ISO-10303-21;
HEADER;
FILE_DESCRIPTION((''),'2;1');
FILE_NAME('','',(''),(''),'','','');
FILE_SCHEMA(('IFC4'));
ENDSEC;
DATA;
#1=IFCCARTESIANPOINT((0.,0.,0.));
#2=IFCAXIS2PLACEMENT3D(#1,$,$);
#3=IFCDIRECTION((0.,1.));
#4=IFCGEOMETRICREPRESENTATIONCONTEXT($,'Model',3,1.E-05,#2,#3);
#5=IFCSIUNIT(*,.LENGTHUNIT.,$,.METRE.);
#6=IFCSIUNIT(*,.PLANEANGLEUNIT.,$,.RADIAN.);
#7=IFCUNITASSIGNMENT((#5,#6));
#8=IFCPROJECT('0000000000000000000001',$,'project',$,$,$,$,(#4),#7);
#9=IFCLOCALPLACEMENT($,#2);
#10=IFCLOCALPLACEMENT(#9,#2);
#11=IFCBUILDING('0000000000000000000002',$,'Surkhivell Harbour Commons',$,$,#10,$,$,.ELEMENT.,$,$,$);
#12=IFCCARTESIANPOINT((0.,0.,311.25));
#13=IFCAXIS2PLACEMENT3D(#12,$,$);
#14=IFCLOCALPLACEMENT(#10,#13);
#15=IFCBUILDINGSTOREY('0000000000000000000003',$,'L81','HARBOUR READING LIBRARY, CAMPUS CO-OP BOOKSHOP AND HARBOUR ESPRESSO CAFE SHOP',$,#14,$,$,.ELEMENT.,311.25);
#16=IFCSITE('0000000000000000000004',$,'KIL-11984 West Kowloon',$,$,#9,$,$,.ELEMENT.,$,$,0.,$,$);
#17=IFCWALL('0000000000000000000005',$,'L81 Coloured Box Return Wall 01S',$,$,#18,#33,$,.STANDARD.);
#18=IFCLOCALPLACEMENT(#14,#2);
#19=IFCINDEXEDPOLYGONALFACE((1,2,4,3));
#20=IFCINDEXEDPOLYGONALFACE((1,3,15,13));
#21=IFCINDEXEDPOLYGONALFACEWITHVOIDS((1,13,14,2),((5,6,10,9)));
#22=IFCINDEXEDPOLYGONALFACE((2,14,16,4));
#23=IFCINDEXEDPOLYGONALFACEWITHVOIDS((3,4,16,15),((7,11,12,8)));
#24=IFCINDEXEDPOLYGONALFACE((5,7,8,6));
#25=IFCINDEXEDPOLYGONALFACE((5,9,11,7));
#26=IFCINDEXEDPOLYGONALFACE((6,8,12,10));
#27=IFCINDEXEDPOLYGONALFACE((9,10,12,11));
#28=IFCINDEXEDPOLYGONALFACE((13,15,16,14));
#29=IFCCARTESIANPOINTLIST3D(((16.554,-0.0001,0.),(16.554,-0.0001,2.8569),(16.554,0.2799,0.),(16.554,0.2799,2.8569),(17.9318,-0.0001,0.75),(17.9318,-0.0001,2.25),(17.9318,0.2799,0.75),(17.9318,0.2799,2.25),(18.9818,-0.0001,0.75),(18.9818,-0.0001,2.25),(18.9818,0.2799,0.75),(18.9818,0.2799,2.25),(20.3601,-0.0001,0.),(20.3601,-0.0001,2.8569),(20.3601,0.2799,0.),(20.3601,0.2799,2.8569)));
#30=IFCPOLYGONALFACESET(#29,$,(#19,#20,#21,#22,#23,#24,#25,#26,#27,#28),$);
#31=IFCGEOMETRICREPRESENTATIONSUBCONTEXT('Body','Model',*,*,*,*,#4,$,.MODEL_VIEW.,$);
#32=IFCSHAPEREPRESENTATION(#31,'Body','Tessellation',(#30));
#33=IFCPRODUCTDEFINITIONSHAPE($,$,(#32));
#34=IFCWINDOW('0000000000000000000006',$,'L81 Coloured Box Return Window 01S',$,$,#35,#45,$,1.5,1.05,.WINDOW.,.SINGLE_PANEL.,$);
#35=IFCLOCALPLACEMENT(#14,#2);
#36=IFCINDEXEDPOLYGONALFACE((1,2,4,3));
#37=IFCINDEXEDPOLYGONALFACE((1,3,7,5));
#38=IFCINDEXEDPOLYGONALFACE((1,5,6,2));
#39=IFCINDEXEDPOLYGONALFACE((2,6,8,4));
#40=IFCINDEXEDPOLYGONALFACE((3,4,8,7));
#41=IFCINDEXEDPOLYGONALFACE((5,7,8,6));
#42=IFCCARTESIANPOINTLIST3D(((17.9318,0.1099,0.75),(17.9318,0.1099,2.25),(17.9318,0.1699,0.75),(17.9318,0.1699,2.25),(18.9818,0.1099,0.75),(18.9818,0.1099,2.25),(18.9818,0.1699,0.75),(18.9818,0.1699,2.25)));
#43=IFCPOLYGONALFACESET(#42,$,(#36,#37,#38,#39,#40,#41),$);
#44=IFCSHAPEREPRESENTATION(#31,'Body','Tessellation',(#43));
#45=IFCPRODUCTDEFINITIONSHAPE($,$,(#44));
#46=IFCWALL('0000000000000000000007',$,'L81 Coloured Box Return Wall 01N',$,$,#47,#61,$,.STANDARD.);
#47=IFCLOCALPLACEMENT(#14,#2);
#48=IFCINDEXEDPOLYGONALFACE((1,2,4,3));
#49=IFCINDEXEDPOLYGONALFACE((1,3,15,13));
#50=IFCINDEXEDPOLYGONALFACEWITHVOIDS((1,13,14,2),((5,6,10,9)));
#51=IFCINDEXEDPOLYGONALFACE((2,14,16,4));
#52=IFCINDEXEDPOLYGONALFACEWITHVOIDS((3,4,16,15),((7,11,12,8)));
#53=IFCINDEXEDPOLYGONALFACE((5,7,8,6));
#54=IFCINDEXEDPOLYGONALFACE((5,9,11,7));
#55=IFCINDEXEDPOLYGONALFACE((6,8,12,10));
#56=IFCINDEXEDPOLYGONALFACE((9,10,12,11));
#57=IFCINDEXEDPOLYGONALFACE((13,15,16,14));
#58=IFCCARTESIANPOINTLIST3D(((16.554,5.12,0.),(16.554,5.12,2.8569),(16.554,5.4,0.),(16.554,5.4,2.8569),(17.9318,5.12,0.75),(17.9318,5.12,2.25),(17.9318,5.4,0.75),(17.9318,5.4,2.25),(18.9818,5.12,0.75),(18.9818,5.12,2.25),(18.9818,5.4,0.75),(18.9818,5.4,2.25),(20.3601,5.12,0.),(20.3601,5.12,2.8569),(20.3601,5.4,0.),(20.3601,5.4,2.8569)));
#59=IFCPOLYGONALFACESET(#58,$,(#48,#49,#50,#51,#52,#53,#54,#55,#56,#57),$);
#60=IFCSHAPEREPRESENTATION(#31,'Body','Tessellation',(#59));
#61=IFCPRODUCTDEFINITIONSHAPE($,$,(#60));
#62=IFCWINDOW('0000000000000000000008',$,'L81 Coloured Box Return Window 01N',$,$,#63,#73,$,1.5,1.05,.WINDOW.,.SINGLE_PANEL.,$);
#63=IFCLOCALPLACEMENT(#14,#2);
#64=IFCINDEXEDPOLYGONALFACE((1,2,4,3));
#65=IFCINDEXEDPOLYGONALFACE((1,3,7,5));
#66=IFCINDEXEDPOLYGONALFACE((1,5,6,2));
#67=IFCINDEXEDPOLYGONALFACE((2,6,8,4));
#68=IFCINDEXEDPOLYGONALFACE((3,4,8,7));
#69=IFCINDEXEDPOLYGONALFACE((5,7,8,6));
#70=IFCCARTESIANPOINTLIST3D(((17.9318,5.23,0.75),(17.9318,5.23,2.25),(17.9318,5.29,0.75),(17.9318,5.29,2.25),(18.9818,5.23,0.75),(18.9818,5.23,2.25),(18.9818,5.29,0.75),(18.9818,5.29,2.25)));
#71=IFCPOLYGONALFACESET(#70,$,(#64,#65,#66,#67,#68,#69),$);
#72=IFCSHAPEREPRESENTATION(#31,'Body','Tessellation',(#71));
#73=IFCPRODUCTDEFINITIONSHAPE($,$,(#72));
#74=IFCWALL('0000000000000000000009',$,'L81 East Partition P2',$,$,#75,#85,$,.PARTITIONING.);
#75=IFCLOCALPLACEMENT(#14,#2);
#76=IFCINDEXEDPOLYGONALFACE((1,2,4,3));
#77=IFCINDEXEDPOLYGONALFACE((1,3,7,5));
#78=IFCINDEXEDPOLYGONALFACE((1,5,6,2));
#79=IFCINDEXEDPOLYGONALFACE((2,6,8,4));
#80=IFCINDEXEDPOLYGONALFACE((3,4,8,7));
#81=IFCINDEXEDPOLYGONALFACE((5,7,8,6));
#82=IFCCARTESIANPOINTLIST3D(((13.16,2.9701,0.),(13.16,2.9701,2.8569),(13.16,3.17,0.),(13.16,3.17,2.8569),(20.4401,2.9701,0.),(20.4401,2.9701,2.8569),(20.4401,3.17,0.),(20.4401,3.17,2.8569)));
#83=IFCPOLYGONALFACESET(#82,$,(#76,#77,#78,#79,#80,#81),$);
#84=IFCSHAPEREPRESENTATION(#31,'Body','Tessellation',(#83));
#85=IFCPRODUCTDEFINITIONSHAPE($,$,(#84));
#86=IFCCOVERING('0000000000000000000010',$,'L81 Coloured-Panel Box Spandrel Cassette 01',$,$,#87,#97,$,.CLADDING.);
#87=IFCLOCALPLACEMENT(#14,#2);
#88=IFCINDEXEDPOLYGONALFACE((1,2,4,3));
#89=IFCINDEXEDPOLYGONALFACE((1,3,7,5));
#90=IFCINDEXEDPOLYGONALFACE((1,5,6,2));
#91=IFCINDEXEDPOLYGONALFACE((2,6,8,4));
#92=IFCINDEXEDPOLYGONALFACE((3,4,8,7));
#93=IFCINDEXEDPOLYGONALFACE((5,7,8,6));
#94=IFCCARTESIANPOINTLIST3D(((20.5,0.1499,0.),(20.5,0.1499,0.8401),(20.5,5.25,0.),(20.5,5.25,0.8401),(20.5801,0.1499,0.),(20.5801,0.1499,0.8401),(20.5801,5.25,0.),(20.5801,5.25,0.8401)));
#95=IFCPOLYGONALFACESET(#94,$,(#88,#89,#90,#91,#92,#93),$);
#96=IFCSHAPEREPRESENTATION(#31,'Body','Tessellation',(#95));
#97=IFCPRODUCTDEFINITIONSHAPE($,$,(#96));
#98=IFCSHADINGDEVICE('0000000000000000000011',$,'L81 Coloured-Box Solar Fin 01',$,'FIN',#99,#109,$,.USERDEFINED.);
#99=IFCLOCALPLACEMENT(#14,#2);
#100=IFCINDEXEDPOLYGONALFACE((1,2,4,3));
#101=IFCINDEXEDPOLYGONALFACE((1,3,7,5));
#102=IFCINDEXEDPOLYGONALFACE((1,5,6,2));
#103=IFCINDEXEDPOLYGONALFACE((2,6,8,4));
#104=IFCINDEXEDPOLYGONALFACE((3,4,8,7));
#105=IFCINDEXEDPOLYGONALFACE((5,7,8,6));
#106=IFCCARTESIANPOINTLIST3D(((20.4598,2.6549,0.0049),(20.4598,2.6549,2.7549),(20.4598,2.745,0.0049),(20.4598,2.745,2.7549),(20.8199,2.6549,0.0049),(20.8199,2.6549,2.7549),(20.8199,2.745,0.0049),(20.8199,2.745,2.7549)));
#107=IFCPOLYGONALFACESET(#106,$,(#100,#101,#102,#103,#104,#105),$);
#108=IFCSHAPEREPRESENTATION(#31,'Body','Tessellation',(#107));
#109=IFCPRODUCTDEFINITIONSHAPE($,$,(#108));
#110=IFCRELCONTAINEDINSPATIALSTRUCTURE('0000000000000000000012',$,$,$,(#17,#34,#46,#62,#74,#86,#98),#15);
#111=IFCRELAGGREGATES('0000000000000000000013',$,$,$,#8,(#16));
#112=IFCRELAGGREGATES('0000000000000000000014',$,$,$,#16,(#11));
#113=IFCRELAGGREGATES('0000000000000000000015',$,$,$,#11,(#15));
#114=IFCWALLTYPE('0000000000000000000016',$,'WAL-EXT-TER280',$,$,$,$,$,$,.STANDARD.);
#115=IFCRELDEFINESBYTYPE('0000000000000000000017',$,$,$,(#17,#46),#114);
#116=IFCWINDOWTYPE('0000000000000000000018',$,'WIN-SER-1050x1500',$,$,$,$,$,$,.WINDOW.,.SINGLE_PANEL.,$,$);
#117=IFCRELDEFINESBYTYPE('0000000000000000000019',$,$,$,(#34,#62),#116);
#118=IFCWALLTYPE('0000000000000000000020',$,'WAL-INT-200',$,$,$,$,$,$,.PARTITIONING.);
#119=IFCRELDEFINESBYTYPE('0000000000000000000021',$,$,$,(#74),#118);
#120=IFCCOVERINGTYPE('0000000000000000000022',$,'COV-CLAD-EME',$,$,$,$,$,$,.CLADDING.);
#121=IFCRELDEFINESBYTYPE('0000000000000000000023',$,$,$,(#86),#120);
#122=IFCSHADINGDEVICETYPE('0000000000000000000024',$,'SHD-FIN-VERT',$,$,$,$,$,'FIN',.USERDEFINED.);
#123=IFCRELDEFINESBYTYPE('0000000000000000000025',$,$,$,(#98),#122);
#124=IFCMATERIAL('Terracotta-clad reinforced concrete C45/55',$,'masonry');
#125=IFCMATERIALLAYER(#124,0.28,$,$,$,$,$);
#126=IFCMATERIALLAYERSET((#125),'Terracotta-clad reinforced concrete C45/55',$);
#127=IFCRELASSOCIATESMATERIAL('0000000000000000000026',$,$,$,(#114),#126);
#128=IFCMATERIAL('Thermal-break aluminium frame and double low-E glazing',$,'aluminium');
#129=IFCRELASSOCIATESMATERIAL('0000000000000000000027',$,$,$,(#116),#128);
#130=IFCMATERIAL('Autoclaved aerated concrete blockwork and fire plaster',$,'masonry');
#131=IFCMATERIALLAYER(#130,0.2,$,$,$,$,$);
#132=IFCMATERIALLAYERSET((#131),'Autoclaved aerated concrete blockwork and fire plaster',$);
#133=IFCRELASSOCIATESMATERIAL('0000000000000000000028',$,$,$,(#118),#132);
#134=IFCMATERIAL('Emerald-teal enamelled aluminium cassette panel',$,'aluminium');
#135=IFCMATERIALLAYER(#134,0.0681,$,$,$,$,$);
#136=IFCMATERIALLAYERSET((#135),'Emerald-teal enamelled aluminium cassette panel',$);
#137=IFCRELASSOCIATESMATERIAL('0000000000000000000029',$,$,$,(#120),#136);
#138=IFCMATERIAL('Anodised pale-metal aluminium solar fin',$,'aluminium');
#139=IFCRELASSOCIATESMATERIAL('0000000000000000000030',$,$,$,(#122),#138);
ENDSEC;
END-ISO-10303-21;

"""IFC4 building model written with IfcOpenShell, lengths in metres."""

from ifc_helpers import new_model, si_unit, direction, frame, frame_2d, origin, origin_2d, place, context, subcontext, project, spatial, rectangle, extrude, material, layer, layer_set, type_object, element, fill, save


model = new_model("IFC4")

# Units and contexts
model_context = context("Model", 3, precision=1e-05, world=origin(), true_north=direction((0.0, 1.0)))
body_context = subcontext(model_context, "Body", "Model", "MODEL_VIEW")
ifc_project = project(units=[si_unit("LENGTHUNIT", "METRE"), si_unit("PLANEANGLEUNIT", "RADIAN")], contexts=[model_context])

# Site, building, storey
site_placement = place(None, origin())
site = spatial("IfcSite", under=ifc_project, at=site_placement, Name="KIL-11984 West Kowloon", CompositionType="ELEMENT", RefElevation=0.0)
building_placement = place(site_placement, origin())
building = spatial("IfcBuilding", under=site, at=building_placement, Name="Surkhivell Harbour Commons", CompositionType="ELEMENT")
storey_placement = place(building_placement, frame((0.0, 0.0, 311.25)))
storey = spatial("IfcBuildingStorey", under=building, at=storey_placement, Name="L81", Description="HARBOUR READING LIBRARY, CAMPUS CO-OP BOOKSHOP AND HARBOUR ESPRESSO CAFE SHOP", CompositionType="ELEMENT", Elevation=311.25)

# Walls, openings, windows
ifc_material_1 = material(Name="Terracotta-clad reinforced concrete C45/55", Category="masonry")
ifc_layer_1 = layer(ifc_material_1, 0.28)
ifc_layer_set_1 = layer_set([ifc_layer_1], Name="Terracotta-clad reinforced concrete C45/55")
wall_type_1 = type_object("IfcWallType", Name="WAL-EXT-TER280", PredefinedType="STANDARD", material=ifc_layer_set_1)
ifc_material_2 = material(Name="Thermal-break aluminium frame and double low-E glazing", Category="aluminium")
wall_1_placement = place(storey_placement, frame((16.554, 0.1399, 0.0), z_axis=(0.0, 0.0, 1.0), x_axis=(1.0, 0.0, 0.0)))
wall_1 = element("IfcWall", 1, at=wall_1_placement, inside=storey, type_object=wall_type_1, Name="L81 Coloured Box Return Wall 01S", PredefinedType="STANDARD", context=body_context, shape_type="SweptSolid", body=[
    extrude(rectangle(XDim=3.8062, YDim=0.28, at=frame_2d((1.9031, 0.0))), origin(), (0.0, 0.0, 1.0), 2.8569),
])
opening_1_placement = place(wall_1_placement, frame((1.3779, 0.0, 0.75)))
opening_1 = element("IfcOpeningElement", 2, at=opening_1_placement, cuts=wall_1, PredefinedType="OPENING", context=body_context, shape_type="SweptSolid", body=[
    extrude(rectangle(XDim=1.05, YDim=1.5, at=frame_2d((0.5249, 0.75))), frame((0.0, 0.1499, 0.0), z_axis=(0.0, -1.0, 0.0), x_axis=(1.0, 0.0, 0.0)), (0.0, 0.0, 1.0), 0.3),
])
window_type_1 = type_object("IfcWindowType", Name="WIN-SER-1050x1500", PartitioningType="SINGLE_PANEL", PredefinedType="WINDOW", material=ifc_material_2)
window_1_placement = place(opening_1_placement, origin())
window_1 = element("IfcWindow", 3, at=window_1_placement, inside=storey, type_object=window_type_1, Name="L81 Coloured Box Return Window 01S", OverallHeight=1.5, OverallWidth=1.05, PartitioningType="SINGLE_PANEL", PredefinedType="WINDOW", context=body_context, shape_type="SweptSolid", body=[
    extrude(rectangle(XDim=1.05, YDim=1.5, at=frame_2d((0.5249, 0.75))), frame((0.0, 0.03, 0.0), z_axis=(0.0, -1.0, 0.0), x_axis=(1.0, 0.0, 0.0)), (0.0, 0.0, 1.0), 0.0601),
])
fill(opening_1, window_1)
wall_2_placement = place(storey_placement, frame((16.554, 5.26, 0.0), z_axis=(0.0, 0.0, 1.0), x_axis=(1.0, 0.0, 0.0)))
wall_2 = element("IfcWall", 4, at=wall_2_placement, inside=storey, type_object=wall_type_1, Name="L81 Coloured Box Return Wall 01N", PredefinedType="STANDARD", context=body_context, shape_type="SweptSolid", body=[
    extrude(rectangle(XDim=3.8062, YDim=0.28, at=frame_2d((1.9031, 0.0))), origin(), (0.0, 0.0, 1.0), 2.8569),
])
opening_2_placement = place(wall_2_placement, frame((1.3779, 0.0, 0.75)))
opening_2 = element("IfcOpeningElement", 5, at=opening_2_placement, cuts=wall_2, PredefinedType="OPENING", context=body_context, shape_type="SweptSolid", body=[
    extrude(rectangle(XDim=1.05, YDim=1.5, at=frame_2d((0.5249, 0.75))), frame((0.0, 0.1499, 0.0), z_axis=(0.0, -1.0, 0.0), x_axis=(1.0, 0.0, 0.0)), (0.0, 0.0, 1.0), 0.3),
])
window_2_placement = place(opening_2_placement, origin())
window_2 = element("IfcWindow", 6, at=window_2_placement, inside=storey, type_object=window_type_1, Name="L81 Coloured Box Return Window 01N", OverallHeight=1.5, OverallWidth=1.05, PartitioningType="SINGLE_PANEL", PredefinedType="WINDOW", context=body_context, shape_type="SweptSolid", body=[
    extrude(rectangle(XDim=1.05, YDim=1.5, at=frame_2d((0.5249, 0.75))), frame((0.0, 0.03, 0.0), z_axis=(0.0, -1.0, 0.0), x_axis=(1.0, 0.0, 0.0)), (0.0, 0.0, 1.0), 0.0601),
])
fill(opening_2, window_2)

# Wall
ifc_material_3 = material(Name="Autoclaved aerated concrete blockwork and fire plaster", Category="masonry")
ifc_layer_2 = layer(ifc_material_3, 0.2)
ifc_layer_set_2 = layer_set([ifc_layer_2], Name="Autoclaved aerated concrete blockwork and fire plaster")
wall_type_2 = type_object("IfcWallType", Name="WAL-INT-200", PredefinedType="PARTITIONING", material=ifc_layer_set_2)
wall_3_placement = place(storey_placement, frame((13.1599, 3.0701, 0.0), z_axis=(0.0, 0.0, 1.0), x_axis=(1.0, 0.0, 0.0)))
element("IfcWall", 7, at=wall_3_placement, inside=storey, type_object=wall_type_2, Name="L81 East Partition P2", PredefinedType="PARTITIONING", context=body_context, shape_type="SweptSolid", body=[
    extrude(rectangle(XDim=7.28, YDim=0.2, at=frame_2d((3.6401, 0.0))), origin(), (0.0, 0.0, 1.0), 2.8569),
])

# Covering
ifc_material_4 = material(Name="Emerald-teal enamelled aluminium cassette panel", Category="aluminium")
ifc_layer_3 = layer(ifc_material_4, 0.0681)
ifc_layer_set_3 = layer_set([ifc_layer_3], Name="Emerald-teal enamelled aluminium cassette panel")
covering_type = type_object("IfcCoveringType", Name="COV-CLAD-EME", PredefinedType="CLADDING", material=ifc_layer_set_3)
covering_placement = place(storey_placement, frame((20.54, 2.7, 0.0), z_axis=(0.0, 0.0, 1.0), x_axis=(1.0, 0.0, 0.0)))
element("IfcCovering", 8, at=covering_placement, inside=storey, type_object=covering_type, Name="L81 Coloured-Panel Box Spandrel Cassette 01", PredefinedType="CLADDING", context=body_context, shape_type="SweptSolid", body=[
    extrude(rectangle(XDim=0.0801, YDim=5.1001, at=origin_2d()), origin(), (0.0, 0.0, 1.0), 0.8401),
])

# Shading device
ifc_material_5 = material(Name="Anodised pale-metal aluminium solar fin", Category="aluminium")
shading_device_type = type_object("IfcShadingDeviceType", Name="SHD-FIN-VERT", ElementType="FIN", PredefinedType="USERDEFINED", material=ifc_material_5)
shading_device_placement = place(storey_placement, frame((20.6399, 2.7, 0.0049), z_axis=(0.0, 0.0, 1.0), x_axis=(1.0, 0.0, 0.0)))
element("IfcShadingDevice", 9, at=shading_device_placement, inside=storey, type_object=shading_device_type, Name="L81 Coloured-Box Solar Fin 01", ObjectType="FIN", PredefinedType="USERDEFINED", context=body_context, shape_type="SweptSolid", body=[
    extrude(rectangle(XDim=0.3601, YDim=0.0901, at=origin_2d()), origin(), (0.0, 0.0, 1.0), 2.75),
])

save(model, "model.ifc")
